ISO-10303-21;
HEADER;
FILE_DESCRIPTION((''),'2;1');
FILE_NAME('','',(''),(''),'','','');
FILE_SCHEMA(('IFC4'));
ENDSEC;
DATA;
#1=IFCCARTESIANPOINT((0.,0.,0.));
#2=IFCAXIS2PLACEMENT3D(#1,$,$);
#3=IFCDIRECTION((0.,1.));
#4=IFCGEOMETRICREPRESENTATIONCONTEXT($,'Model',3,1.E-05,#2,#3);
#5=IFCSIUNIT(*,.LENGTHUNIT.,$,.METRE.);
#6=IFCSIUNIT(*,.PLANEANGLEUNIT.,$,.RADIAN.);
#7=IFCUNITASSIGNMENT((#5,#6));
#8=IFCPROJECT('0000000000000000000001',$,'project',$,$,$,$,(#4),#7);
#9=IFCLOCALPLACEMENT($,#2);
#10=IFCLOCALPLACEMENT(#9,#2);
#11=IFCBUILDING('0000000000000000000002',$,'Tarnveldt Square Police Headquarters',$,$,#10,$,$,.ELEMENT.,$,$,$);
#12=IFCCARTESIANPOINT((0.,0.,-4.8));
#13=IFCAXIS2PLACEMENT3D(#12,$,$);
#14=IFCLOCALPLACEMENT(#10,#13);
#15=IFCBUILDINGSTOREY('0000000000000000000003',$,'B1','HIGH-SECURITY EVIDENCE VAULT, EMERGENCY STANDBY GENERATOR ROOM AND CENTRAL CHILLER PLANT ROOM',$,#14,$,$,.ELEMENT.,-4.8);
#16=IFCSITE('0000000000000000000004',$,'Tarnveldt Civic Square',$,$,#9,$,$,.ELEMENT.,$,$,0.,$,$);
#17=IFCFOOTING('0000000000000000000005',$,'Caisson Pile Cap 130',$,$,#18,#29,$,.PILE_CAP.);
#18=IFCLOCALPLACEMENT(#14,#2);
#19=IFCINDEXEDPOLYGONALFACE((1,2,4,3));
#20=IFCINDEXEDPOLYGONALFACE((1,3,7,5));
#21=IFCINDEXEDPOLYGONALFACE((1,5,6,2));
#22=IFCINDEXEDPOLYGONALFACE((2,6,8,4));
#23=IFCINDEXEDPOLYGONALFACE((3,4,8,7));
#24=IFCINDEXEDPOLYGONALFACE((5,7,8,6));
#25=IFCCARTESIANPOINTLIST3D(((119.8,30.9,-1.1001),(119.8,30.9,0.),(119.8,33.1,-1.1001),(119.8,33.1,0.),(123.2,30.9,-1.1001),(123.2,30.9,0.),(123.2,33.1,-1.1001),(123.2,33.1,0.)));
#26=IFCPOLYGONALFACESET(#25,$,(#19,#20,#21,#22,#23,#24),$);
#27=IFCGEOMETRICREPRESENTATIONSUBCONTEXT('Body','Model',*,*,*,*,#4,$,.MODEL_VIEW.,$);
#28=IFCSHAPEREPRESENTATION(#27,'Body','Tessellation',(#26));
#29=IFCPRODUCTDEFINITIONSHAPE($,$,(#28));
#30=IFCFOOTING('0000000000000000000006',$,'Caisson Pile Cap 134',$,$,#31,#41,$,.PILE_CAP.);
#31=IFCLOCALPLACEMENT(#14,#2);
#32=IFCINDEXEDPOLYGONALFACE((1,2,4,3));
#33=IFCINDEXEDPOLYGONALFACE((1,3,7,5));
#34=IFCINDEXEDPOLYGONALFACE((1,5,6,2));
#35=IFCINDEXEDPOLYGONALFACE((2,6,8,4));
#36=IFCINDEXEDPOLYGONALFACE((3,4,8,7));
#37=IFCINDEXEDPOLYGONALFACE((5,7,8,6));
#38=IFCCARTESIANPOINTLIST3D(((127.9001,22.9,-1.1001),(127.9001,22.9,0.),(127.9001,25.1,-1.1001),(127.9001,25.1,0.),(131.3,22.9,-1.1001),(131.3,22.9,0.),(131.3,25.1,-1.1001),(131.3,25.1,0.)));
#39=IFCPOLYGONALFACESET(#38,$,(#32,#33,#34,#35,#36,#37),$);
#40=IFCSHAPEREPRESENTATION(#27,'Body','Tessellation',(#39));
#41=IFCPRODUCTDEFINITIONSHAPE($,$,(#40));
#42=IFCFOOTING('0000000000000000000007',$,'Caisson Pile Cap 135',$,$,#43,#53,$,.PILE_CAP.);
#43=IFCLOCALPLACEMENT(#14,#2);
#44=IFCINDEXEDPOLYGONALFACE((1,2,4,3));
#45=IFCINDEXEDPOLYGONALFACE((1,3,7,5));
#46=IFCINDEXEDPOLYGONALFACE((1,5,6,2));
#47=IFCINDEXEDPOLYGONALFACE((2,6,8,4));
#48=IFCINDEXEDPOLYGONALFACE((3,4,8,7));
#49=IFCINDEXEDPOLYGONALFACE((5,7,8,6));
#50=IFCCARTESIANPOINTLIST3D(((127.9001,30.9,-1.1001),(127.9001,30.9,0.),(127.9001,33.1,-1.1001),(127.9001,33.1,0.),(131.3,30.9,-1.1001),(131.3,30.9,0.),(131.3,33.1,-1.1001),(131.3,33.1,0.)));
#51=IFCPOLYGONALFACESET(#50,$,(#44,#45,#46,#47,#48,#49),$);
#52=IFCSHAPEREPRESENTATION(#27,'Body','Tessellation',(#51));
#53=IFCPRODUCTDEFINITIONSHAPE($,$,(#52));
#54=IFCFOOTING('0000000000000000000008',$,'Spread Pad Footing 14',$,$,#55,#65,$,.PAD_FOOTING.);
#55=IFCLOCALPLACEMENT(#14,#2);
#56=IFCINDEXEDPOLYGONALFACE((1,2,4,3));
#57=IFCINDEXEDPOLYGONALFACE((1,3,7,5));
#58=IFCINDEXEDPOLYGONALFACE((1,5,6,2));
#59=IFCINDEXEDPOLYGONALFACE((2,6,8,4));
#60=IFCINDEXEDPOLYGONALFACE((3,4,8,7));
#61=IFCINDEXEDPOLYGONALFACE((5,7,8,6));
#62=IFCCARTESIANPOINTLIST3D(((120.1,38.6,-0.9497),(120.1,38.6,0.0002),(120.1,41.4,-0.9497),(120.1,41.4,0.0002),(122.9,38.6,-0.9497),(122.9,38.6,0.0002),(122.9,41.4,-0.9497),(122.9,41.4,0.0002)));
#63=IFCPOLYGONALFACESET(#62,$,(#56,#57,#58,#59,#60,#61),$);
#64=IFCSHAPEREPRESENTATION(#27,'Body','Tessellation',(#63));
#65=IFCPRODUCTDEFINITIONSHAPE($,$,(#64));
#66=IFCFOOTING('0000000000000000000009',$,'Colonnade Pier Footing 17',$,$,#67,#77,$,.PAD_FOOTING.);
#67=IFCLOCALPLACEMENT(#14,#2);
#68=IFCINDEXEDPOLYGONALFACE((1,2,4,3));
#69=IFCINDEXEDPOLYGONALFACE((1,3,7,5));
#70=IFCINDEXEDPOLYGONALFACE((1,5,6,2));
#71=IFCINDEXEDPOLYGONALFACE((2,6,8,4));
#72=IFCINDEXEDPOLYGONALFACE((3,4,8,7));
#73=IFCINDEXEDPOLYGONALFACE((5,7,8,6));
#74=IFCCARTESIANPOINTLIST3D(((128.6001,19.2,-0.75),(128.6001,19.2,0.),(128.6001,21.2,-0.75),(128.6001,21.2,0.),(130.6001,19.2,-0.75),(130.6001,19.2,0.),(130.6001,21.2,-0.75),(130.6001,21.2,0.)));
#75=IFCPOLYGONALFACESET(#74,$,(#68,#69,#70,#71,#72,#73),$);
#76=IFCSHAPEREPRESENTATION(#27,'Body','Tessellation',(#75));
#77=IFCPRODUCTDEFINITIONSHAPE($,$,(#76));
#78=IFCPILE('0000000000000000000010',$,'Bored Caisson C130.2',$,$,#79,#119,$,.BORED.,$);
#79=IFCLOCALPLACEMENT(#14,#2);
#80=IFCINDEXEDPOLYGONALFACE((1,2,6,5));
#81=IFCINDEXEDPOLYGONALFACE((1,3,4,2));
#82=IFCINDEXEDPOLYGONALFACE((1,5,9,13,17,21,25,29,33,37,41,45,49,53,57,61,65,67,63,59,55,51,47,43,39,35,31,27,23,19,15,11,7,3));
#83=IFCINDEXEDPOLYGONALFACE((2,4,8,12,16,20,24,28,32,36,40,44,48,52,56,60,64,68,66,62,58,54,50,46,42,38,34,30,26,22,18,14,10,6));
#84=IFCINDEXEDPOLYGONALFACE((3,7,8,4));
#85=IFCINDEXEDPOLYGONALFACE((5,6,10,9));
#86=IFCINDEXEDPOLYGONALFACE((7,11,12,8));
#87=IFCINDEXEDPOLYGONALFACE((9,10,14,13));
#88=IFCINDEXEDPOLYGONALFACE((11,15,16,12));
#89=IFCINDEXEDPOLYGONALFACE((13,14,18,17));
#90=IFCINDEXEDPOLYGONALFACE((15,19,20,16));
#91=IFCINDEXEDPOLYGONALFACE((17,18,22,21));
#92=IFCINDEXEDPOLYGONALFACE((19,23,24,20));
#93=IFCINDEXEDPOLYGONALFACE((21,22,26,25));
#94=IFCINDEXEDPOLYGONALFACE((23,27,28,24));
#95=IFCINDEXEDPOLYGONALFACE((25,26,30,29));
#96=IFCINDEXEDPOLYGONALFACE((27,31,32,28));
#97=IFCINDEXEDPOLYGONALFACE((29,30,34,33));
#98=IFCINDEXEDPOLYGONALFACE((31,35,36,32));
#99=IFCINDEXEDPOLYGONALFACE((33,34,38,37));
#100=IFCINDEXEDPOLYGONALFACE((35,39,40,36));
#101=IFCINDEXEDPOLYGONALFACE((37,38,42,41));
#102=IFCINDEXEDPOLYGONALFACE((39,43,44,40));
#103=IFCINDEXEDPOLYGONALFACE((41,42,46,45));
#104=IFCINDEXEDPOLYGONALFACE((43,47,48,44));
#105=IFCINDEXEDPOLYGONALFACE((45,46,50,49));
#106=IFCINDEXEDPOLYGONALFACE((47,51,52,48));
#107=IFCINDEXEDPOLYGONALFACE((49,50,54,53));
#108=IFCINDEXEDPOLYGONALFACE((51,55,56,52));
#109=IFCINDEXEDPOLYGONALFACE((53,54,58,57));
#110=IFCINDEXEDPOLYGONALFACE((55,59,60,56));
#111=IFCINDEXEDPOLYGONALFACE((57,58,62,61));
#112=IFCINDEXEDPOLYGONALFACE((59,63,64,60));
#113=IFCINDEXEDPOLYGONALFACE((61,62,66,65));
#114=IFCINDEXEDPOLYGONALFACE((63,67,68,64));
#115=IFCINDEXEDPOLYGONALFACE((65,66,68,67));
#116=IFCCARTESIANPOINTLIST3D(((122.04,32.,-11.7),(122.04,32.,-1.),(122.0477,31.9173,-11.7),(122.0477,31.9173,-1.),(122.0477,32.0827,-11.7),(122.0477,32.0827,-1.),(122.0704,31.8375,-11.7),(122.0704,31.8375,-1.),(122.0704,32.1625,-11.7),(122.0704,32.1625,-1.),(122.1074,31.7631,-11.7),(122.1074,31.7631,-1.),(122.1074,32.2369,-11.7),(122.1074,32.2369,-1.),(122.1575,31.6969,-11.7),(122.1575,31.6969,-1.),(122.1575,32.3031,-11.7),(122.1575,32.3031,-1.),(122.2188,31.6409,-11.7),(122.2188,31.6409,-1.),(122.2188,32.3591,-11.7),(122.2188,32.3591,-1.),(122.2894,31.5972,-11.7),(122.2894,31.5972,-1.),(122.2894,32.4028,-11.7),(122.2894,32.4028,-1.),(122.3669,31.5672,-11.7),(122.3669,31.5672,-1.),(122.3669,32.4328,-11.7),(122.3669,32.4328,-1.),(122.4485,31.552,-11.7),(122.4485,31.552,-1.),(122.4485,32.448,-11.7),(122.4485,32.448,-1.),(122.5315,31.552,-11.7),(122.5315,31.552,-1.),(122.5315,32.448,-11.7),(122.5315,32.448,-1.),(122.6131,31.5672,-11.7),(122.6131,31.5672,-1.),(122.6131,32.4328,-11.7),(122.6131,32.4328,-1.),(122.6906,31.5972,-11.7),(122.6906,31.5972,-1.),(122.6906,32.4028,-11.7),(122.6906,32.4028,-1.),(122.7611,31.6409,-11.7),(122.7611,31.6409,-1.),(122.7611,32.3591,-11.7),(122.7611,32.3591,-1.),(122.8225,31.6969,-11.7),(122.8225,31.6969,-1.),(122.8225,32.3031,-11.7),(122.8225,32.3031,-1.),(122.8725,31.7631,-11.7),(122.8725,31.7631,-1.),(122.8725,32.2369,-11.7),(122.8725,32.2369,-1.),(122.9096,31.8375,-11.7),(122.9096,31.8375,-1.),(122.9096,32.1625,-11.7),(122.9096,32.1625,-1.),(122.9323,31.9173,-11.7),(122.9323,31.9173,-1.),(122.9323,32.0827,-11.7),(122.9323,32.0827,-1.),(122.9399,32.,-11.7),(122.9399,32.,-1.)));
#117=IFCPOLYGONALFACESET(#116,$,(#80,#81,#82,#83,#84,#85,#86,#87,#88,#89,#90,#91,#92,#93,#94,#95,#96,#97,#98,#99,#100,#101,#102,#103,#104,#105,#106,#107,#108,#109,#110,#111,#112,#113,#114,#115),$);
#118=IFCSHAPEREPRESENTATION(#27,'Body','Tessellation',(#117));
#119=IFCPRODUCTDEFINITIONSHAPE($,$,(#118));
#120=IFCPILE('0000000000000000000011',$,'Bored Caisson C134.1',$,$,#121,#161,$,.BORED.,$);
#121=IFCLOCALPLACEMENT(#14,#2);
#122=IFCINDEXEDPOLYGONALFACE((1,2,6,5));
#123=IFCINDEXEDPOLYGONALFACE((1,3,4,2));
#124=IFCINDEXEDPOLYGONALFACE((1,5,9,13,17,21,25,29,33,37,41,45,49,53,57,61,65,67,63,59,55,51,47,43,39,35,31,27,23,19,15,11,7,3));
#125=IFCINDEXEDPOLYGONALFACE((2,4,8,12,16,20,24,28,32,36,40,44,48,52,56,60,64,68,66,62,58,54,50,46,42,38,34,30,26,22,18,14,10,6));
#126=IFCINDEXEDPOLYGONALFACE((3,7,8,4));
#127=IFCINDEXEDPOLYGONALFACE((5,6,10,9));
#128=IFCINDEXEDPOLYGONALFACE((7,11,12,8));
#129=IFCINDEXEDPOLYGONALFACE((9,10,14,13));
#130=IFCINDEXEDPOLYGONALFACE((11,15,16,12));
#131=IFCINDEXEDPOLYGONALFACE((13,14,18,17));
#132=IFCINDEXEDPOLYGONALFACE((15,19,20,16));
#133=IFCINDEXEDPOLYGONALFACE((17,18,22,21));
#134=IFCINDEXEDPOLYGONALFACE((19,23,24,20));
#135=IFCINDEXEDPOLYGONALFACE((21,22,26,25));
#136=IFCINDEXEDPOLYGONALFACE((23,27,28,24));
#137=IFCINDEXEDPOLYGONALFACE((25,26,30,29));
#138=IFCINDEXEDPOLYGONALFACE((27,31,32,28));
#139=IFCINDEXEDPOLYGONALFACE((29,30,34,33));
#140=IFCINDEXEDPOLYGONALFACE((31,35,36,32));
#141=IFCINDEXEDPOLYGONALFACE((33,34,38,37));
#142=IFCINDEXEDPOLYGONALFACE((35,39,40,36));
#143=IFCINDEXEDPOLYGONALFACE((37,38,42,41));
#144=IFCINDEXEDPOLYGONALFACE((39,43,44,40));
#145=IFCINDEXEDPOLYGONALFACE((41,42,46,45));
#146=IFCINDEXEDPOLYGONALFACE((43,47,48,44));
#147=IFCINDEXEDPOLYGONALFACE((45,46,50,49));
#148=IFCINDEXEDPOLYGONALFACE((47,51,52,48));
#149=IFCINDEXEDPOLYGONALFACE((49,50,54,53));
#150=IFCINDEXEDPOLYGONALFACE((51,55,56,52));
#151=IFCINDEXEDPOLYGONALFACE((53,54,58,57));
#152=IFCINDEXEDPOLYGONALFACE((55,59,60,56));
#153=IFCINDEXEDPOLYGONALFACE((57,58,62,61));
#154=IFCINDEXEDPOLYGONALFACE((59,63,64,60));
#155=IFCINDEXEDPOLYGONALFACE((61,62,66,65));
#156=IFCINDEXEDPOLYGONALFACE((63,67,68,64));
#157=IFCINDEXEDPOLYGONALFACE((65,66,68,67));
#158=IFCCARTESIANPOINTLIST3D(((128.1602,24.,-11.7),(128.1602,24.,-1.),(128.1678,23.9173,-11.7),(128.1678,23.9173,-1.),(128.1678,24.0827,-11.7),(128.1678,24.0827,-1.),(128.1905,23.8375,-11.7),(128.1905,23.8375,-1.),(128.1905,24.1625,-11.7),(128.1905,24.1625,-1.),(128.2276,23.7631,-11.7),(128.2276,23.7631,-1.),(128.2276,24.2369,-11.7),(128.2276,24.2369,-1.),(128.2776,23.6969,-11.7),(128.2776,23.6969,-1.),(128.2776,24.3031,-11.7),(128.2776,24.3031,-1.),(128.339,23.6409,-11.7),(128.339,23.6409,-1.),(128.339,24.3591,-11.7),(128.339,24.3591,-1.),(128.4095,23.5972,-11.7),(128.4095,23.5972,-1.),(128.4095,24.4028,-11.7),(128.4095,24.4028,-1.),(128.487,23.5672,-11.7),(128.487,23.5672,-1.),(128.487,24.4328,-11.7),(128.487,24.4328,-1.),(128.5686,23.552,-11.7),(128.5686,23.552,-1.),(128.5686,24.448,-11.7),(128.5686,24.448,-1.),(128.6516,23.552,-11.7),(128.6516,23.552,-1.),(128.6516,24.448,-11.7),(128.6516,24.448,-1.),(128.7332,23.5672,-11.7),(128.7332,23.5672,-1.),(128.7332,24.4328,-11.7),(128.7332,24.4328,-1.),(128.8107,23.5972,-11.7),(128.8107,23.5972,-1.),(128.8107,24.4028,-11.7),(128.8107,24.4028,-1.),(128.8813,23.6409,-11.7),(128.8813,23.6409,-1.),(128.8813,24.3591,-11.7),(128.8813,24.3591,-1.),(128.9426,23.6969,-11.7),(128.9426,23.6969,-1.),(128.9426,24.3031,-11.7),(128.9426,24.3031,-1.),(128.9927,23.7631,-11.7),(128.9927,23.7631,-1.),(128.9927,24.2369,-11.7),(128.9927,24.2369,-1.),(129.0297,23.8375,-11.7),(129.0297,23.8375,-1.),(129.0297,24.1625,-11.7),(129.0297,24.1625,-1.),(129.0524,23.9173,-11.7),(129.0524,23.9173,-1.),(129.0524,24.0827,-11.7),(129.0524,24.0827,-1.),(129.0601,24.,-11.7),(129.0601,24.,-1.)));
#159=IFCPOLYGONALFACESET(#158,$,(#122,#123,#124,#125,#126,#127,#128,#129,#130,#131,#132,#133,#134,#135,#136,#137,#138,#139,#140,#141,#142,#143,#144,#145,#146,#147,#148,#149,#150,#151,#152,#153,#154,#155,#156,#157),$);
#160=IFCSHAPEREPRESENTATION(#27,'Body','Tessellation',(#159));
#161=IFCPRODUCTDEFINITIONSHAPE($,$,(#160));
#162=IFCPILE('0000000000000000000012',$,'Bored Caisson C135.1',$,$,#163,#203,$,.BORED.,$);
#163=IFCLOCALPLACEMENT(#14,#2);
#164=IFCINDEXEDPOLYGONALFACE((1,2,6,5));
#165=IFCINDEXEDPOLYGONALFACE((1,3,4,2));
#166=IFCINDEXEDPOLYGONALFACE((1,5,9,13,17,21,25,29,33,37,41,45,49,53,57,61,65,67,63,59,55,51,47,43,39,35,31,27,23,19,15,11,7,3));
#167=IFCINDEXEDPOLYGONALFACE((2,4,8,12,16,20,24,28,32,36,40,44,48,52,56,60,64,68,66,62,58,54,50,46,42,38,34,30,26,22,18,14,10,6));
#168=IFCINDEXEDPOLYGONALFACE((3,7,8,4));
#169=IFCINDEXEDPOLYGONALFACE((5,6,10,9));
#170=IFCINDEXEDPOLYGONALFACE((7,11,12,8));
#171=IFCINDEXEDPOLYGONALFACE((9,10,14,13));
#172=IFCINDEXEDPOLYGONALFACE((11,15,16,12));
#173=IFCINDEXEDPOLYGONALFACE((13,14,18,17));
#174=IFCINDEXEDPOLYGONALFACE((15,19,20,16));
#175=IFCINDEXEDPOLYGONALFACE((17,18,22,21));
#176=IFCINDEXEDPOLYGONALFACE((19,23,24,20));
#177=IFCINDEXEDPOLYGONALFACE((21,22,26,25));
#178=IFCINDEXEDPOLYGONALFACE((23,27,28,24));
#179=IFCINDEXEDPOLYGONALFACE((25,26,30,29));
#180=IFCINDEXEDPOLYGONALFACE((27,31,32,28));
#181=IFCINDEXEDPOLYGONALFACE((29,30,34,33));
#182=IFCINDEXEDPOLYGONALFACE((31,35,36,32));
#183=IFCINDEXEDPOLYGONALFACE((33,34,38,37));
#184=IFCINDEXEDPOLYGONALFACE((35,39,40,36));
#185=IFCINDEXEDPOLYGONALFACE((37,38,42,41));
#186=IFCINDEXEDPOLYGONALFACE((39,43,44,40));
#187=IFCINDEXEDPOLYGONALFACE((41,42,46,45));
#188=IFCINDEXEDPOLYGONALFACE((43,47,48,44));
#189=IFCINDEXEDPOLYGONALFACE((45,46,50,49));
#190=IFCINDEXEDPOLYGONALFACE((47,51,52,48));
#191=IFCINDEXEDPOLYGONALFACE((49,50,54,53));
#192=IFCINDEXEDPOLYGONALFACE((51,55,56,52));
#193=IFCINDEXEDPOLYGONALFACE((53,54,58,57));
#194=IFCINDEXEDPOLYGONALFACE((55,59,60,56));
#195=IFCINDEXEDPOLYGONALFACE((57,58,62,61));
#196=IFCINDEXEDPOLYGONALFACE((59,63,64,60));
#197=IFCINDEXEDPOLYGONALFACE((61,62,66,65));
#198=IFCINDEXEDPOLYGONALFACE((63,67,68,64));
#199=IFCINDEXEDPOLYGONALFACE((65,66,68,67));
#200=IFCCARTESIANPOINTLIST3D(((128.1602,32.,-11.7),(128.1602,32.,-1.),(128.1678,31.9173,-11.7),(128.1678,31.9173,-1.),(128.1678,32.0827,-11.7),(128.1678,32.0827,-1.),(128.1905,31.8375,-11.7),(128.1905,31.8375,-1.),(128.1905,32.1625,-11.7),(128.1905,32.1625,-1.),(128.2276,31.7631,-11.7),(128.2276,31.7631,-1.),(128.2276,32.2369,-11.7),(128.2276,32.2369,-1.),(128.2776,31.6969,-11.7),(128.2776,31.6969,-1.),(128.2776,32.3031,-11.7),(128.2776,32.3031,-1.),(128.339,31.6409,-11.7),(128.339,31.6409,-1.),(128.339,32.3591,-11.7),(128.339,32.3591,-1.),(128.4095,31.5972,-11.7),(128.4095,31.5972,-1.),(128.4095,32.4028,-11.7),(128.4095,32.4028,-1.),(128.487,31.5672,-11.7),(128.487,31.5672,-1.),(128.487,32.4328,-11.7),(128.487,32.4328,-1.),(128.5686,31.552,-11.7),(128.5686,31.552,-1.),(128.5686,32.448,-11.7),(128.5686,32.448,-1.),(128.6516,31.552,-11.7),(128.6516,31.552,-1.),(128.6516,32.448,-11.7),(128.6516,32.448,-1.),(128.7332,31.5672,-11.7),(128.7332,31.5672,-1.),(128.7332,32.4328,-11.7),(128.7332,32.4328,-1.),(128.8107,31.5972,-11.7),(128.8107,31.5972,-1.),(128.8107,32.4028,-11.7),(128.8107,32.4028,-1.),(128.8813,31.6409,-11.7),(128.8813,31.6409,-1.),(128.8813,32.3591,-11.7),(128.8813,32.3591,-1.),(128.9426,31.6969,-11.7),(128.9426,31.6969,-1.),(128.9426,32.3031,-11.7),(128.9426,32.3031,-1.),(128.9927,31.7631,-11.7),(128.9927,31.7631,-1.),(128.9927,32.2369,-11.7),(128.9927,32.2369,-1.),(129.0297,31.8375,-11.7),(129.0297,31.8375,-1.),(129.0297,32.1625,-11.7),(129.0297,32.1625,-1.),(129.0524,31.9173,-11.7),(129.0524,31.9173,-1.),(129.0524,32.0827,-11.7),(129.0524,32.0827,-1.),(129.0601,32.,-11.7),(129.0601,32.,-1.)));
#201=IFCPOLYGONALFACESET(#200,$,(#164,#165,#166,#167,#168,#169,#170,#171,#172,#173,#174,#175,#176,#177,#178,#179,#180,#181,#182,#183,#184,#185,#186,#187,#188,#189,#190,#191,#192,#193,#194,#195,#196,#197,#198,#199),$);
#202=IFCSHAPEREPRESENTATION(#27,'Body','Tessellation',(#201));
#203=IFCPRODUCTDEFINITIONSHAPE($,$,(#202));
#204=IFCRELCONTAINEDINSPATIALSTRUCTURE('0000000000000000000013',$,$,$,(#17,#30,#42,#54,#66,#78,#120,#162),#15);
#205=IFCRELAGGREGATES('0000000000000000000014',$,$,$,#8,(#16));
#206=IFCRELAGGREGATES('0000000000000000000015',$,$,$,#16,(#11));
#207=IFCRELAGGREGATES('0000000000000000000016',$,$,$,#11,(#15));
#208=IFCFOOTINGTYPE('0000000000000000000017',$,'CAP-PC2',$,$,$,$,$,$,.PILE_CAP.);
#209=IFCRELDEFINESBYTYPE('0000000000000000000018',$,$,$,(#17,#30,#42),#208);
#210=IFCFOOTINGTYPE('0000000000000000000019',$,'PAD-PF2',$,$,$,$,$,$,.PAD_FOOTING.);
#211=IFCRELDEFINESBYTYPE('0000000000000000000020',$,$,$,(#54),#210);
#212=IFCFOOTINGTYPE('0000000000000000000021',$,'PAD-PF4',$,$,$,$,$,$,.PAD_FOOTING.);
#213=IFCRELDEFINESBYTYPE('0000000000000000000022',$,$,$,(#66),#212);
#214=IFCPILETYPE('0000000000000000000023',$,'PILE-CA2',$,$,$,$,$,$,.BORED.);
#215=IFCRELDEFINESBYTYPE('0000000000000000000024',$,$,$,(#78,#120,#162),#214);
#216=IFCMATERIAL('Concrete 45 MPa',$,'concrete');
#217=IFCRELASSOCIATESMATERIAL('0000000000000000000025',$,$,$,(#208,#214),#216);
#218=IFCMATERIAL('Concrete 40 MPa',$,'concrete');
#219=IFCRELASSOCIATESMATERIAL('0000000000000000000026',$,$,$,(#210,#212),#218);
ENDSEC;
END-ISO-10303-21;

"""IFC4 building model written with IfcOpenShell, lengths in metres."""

from ifc_helpers import new_model, si_unit, direction, frame, origin, origin_2d, place, context, subcontext, project, spatial, rectangle, circle, extrude, material, material_profile, profile_set, type_object, element, save


model = new_model("IFC4")

# Units and contexts
model_context = context("Model", 3, precision=1e-05, world=origin(), true_north=direction((0.0, 1.0)))
body_context = subcontext(model_context, "Body", "Model", "MODEL_VIEW")
ifc_project = project(units=[si_unit("LENGTHUNIT", "METRE"), si_unit("PLANEANGLEUNIT", "RADIAN")], contexts=[model_context])

# Site, building, storey
site_placement = place(None, origin())
site = spatial("IfcSite", under=ifc_project, at=site_placement, Name="Tarnveldt Civic Square", CompositionType="ELEMENT", RefElevation=0.0)
building_placement = place(site_placement, origin())
building = spatial("IfcBuilding", under=site, at=building_placement, Name="Tarnveldt Square Police Headquarters", CompositionType="ELEMENT")
storey_placement = place(building_placement, frame((0.0, 0.0, -4.8)))
storey = spatial("IfcBuildingStorey", under=building, at=storey_placement, Name="B1", Description="HIGH-SECURITY EVIDENCE VAULT, EMERGENCY STANDBY GENERATOR ROOM AND CENTRAL CHILLER PLANT ROOM", CompositionType="ELEMENT", Elevation=-4.8)

# Footings
ifc_material_1 = material(Name="Concrete 45 MPa", Category="concrete")
footing_type_1 = type_object("IfcFootingType", Name="CAP-PC2", PredefinedType="PILE_CAP", material=ifc_material_1)
for number, where, z_axis, x_axis, name in (
    (1, (121.5, 32.0, -1.1001), (0.0, 0.0, 1.0), (1.0, 0.0, 0.0), "Caisson Pile Cap 130"),
    (2, (129.6001, 24.0, -1.1001), (0.0, 0.0, 1.0), (1.0, 0.0, 0.0), "Caisson Pile Cap 134"),
    (3, (129.6001, 32.0, -1.1001), (0.0, 0.0, 1.0), (1.0, 0.0, 0.0), "Caisson Pile Cap 135"),
):
    element("IfcFooting", number, at=place(storey_placement, frame(where, z_axis=z_axis, x_axis=x_axis)), inside=storey, type_object=footing_type_1, Name=name, PredefinedType="PILE_CAP", context=body_context, shape_type="SweptSolid", body=[
        extrude(rectangle(XDim=3.3999, YDim=2.2, at=origin_2d()), origin(), (0.0, 0.0, 1.0), 1.1001),
    ])
ifc_material_2 = material(Name="Concrete 40 MPa", Category="concrete")
footing_type_2 = type_object("IfcFootingType", Name="PAD-PF2", PredefinedType="PAD_FOOTING", material=ifc_material_2)
footing_1_placement = place(storey_placement, frame((121.5, 40.0, -0.9497), z_axis=(0.0, 0.0, 1.0), x_axis=(1.0, 0.0, 0.0)))
element("IfcFooting", 4, at=footing_1_placement, inside=storey, type_object=footing_type_2, Name="Spread Pad Footing 14", PredefinedType="PAD_FOOTING", context=body_context, shape_type="SweptSolid", body=[
    extrude(rectangle(XDim=2.8, YDim=2.8, at=origin_2d()), origin(), (0.0, 0.0, 1.0), 0.95),
])
footing_type_3 = type_object("IfcFootingType", Name="PAD-PF4", PredefinedType="PAD_FOOTING", material=ifc_material_2)
footing_2_placement = place(storey_placement, frame((129.6001, 20.2, -0.75), z_axis=(0.0, 0.0, 1.0), x_axis=(1.0, 0.0, 0.0)))
element("IfcFooting", 5, at=footing_2_placement, inside=storey, type_object=footing_type_3, Name="Colonnade Pier Footing 17", PredefinedType="PAD_FOOTING", context=body_context, shape_type="SweptSolid", body=[
    extrude(rectangle(XDim=2.0, YDim=2.0, at=origin_2d()), origin(), (0.0, 0.0, 1.0), 0.75),
])

# Piles
ifc_material_profile_1 = material_profile(ifc_material_1, circle(Radius=0.45, at=origin_2d()), Name="CAISSON-D900")
ifc_profile_set_1 = profile_set([ifc_material_profile_1], Name="Concrete 45 MPa")
pile_type = type_object("IfcPileType", Name="PILE-CA2", PredefinedType="BORED", material=ifc_profile_set_1)
for number, where, z_axis, x_axis, name in (
    (6, (122.49, 32.0, -1.0), (0.0, 0.0, -1.0), (1.0, 0.0, 0.0), "Bored Caisson C130.2"),
    (7, (128.6101, 24.0, -1.0), (0.0, 0.0, -1.0), (1.0, 0.0, 0.0), "Bored Caisson C134.1"),
    (8, (128.6101, 32.0, -1.0), (0.0, 0.0, -1.0), (1.0, 0.0, 0.0), "Bored Caisson C135.1"),
):
    element("IfcPile", number, at=place(storey_placement, frame(where, z_axis=z_axis, x_axis=x_axis)), inside=storey, type_object=pile_type, Name=name, PredefinedType="BORED", context=body_context, shape_type="SweptSolid", body=[
        extrude(circle(Radius=0.45, at=origin_2d()), origin(), (0.0, 0.0, 1.0), 10.7),
    ])

save(model, "model.ifc")
